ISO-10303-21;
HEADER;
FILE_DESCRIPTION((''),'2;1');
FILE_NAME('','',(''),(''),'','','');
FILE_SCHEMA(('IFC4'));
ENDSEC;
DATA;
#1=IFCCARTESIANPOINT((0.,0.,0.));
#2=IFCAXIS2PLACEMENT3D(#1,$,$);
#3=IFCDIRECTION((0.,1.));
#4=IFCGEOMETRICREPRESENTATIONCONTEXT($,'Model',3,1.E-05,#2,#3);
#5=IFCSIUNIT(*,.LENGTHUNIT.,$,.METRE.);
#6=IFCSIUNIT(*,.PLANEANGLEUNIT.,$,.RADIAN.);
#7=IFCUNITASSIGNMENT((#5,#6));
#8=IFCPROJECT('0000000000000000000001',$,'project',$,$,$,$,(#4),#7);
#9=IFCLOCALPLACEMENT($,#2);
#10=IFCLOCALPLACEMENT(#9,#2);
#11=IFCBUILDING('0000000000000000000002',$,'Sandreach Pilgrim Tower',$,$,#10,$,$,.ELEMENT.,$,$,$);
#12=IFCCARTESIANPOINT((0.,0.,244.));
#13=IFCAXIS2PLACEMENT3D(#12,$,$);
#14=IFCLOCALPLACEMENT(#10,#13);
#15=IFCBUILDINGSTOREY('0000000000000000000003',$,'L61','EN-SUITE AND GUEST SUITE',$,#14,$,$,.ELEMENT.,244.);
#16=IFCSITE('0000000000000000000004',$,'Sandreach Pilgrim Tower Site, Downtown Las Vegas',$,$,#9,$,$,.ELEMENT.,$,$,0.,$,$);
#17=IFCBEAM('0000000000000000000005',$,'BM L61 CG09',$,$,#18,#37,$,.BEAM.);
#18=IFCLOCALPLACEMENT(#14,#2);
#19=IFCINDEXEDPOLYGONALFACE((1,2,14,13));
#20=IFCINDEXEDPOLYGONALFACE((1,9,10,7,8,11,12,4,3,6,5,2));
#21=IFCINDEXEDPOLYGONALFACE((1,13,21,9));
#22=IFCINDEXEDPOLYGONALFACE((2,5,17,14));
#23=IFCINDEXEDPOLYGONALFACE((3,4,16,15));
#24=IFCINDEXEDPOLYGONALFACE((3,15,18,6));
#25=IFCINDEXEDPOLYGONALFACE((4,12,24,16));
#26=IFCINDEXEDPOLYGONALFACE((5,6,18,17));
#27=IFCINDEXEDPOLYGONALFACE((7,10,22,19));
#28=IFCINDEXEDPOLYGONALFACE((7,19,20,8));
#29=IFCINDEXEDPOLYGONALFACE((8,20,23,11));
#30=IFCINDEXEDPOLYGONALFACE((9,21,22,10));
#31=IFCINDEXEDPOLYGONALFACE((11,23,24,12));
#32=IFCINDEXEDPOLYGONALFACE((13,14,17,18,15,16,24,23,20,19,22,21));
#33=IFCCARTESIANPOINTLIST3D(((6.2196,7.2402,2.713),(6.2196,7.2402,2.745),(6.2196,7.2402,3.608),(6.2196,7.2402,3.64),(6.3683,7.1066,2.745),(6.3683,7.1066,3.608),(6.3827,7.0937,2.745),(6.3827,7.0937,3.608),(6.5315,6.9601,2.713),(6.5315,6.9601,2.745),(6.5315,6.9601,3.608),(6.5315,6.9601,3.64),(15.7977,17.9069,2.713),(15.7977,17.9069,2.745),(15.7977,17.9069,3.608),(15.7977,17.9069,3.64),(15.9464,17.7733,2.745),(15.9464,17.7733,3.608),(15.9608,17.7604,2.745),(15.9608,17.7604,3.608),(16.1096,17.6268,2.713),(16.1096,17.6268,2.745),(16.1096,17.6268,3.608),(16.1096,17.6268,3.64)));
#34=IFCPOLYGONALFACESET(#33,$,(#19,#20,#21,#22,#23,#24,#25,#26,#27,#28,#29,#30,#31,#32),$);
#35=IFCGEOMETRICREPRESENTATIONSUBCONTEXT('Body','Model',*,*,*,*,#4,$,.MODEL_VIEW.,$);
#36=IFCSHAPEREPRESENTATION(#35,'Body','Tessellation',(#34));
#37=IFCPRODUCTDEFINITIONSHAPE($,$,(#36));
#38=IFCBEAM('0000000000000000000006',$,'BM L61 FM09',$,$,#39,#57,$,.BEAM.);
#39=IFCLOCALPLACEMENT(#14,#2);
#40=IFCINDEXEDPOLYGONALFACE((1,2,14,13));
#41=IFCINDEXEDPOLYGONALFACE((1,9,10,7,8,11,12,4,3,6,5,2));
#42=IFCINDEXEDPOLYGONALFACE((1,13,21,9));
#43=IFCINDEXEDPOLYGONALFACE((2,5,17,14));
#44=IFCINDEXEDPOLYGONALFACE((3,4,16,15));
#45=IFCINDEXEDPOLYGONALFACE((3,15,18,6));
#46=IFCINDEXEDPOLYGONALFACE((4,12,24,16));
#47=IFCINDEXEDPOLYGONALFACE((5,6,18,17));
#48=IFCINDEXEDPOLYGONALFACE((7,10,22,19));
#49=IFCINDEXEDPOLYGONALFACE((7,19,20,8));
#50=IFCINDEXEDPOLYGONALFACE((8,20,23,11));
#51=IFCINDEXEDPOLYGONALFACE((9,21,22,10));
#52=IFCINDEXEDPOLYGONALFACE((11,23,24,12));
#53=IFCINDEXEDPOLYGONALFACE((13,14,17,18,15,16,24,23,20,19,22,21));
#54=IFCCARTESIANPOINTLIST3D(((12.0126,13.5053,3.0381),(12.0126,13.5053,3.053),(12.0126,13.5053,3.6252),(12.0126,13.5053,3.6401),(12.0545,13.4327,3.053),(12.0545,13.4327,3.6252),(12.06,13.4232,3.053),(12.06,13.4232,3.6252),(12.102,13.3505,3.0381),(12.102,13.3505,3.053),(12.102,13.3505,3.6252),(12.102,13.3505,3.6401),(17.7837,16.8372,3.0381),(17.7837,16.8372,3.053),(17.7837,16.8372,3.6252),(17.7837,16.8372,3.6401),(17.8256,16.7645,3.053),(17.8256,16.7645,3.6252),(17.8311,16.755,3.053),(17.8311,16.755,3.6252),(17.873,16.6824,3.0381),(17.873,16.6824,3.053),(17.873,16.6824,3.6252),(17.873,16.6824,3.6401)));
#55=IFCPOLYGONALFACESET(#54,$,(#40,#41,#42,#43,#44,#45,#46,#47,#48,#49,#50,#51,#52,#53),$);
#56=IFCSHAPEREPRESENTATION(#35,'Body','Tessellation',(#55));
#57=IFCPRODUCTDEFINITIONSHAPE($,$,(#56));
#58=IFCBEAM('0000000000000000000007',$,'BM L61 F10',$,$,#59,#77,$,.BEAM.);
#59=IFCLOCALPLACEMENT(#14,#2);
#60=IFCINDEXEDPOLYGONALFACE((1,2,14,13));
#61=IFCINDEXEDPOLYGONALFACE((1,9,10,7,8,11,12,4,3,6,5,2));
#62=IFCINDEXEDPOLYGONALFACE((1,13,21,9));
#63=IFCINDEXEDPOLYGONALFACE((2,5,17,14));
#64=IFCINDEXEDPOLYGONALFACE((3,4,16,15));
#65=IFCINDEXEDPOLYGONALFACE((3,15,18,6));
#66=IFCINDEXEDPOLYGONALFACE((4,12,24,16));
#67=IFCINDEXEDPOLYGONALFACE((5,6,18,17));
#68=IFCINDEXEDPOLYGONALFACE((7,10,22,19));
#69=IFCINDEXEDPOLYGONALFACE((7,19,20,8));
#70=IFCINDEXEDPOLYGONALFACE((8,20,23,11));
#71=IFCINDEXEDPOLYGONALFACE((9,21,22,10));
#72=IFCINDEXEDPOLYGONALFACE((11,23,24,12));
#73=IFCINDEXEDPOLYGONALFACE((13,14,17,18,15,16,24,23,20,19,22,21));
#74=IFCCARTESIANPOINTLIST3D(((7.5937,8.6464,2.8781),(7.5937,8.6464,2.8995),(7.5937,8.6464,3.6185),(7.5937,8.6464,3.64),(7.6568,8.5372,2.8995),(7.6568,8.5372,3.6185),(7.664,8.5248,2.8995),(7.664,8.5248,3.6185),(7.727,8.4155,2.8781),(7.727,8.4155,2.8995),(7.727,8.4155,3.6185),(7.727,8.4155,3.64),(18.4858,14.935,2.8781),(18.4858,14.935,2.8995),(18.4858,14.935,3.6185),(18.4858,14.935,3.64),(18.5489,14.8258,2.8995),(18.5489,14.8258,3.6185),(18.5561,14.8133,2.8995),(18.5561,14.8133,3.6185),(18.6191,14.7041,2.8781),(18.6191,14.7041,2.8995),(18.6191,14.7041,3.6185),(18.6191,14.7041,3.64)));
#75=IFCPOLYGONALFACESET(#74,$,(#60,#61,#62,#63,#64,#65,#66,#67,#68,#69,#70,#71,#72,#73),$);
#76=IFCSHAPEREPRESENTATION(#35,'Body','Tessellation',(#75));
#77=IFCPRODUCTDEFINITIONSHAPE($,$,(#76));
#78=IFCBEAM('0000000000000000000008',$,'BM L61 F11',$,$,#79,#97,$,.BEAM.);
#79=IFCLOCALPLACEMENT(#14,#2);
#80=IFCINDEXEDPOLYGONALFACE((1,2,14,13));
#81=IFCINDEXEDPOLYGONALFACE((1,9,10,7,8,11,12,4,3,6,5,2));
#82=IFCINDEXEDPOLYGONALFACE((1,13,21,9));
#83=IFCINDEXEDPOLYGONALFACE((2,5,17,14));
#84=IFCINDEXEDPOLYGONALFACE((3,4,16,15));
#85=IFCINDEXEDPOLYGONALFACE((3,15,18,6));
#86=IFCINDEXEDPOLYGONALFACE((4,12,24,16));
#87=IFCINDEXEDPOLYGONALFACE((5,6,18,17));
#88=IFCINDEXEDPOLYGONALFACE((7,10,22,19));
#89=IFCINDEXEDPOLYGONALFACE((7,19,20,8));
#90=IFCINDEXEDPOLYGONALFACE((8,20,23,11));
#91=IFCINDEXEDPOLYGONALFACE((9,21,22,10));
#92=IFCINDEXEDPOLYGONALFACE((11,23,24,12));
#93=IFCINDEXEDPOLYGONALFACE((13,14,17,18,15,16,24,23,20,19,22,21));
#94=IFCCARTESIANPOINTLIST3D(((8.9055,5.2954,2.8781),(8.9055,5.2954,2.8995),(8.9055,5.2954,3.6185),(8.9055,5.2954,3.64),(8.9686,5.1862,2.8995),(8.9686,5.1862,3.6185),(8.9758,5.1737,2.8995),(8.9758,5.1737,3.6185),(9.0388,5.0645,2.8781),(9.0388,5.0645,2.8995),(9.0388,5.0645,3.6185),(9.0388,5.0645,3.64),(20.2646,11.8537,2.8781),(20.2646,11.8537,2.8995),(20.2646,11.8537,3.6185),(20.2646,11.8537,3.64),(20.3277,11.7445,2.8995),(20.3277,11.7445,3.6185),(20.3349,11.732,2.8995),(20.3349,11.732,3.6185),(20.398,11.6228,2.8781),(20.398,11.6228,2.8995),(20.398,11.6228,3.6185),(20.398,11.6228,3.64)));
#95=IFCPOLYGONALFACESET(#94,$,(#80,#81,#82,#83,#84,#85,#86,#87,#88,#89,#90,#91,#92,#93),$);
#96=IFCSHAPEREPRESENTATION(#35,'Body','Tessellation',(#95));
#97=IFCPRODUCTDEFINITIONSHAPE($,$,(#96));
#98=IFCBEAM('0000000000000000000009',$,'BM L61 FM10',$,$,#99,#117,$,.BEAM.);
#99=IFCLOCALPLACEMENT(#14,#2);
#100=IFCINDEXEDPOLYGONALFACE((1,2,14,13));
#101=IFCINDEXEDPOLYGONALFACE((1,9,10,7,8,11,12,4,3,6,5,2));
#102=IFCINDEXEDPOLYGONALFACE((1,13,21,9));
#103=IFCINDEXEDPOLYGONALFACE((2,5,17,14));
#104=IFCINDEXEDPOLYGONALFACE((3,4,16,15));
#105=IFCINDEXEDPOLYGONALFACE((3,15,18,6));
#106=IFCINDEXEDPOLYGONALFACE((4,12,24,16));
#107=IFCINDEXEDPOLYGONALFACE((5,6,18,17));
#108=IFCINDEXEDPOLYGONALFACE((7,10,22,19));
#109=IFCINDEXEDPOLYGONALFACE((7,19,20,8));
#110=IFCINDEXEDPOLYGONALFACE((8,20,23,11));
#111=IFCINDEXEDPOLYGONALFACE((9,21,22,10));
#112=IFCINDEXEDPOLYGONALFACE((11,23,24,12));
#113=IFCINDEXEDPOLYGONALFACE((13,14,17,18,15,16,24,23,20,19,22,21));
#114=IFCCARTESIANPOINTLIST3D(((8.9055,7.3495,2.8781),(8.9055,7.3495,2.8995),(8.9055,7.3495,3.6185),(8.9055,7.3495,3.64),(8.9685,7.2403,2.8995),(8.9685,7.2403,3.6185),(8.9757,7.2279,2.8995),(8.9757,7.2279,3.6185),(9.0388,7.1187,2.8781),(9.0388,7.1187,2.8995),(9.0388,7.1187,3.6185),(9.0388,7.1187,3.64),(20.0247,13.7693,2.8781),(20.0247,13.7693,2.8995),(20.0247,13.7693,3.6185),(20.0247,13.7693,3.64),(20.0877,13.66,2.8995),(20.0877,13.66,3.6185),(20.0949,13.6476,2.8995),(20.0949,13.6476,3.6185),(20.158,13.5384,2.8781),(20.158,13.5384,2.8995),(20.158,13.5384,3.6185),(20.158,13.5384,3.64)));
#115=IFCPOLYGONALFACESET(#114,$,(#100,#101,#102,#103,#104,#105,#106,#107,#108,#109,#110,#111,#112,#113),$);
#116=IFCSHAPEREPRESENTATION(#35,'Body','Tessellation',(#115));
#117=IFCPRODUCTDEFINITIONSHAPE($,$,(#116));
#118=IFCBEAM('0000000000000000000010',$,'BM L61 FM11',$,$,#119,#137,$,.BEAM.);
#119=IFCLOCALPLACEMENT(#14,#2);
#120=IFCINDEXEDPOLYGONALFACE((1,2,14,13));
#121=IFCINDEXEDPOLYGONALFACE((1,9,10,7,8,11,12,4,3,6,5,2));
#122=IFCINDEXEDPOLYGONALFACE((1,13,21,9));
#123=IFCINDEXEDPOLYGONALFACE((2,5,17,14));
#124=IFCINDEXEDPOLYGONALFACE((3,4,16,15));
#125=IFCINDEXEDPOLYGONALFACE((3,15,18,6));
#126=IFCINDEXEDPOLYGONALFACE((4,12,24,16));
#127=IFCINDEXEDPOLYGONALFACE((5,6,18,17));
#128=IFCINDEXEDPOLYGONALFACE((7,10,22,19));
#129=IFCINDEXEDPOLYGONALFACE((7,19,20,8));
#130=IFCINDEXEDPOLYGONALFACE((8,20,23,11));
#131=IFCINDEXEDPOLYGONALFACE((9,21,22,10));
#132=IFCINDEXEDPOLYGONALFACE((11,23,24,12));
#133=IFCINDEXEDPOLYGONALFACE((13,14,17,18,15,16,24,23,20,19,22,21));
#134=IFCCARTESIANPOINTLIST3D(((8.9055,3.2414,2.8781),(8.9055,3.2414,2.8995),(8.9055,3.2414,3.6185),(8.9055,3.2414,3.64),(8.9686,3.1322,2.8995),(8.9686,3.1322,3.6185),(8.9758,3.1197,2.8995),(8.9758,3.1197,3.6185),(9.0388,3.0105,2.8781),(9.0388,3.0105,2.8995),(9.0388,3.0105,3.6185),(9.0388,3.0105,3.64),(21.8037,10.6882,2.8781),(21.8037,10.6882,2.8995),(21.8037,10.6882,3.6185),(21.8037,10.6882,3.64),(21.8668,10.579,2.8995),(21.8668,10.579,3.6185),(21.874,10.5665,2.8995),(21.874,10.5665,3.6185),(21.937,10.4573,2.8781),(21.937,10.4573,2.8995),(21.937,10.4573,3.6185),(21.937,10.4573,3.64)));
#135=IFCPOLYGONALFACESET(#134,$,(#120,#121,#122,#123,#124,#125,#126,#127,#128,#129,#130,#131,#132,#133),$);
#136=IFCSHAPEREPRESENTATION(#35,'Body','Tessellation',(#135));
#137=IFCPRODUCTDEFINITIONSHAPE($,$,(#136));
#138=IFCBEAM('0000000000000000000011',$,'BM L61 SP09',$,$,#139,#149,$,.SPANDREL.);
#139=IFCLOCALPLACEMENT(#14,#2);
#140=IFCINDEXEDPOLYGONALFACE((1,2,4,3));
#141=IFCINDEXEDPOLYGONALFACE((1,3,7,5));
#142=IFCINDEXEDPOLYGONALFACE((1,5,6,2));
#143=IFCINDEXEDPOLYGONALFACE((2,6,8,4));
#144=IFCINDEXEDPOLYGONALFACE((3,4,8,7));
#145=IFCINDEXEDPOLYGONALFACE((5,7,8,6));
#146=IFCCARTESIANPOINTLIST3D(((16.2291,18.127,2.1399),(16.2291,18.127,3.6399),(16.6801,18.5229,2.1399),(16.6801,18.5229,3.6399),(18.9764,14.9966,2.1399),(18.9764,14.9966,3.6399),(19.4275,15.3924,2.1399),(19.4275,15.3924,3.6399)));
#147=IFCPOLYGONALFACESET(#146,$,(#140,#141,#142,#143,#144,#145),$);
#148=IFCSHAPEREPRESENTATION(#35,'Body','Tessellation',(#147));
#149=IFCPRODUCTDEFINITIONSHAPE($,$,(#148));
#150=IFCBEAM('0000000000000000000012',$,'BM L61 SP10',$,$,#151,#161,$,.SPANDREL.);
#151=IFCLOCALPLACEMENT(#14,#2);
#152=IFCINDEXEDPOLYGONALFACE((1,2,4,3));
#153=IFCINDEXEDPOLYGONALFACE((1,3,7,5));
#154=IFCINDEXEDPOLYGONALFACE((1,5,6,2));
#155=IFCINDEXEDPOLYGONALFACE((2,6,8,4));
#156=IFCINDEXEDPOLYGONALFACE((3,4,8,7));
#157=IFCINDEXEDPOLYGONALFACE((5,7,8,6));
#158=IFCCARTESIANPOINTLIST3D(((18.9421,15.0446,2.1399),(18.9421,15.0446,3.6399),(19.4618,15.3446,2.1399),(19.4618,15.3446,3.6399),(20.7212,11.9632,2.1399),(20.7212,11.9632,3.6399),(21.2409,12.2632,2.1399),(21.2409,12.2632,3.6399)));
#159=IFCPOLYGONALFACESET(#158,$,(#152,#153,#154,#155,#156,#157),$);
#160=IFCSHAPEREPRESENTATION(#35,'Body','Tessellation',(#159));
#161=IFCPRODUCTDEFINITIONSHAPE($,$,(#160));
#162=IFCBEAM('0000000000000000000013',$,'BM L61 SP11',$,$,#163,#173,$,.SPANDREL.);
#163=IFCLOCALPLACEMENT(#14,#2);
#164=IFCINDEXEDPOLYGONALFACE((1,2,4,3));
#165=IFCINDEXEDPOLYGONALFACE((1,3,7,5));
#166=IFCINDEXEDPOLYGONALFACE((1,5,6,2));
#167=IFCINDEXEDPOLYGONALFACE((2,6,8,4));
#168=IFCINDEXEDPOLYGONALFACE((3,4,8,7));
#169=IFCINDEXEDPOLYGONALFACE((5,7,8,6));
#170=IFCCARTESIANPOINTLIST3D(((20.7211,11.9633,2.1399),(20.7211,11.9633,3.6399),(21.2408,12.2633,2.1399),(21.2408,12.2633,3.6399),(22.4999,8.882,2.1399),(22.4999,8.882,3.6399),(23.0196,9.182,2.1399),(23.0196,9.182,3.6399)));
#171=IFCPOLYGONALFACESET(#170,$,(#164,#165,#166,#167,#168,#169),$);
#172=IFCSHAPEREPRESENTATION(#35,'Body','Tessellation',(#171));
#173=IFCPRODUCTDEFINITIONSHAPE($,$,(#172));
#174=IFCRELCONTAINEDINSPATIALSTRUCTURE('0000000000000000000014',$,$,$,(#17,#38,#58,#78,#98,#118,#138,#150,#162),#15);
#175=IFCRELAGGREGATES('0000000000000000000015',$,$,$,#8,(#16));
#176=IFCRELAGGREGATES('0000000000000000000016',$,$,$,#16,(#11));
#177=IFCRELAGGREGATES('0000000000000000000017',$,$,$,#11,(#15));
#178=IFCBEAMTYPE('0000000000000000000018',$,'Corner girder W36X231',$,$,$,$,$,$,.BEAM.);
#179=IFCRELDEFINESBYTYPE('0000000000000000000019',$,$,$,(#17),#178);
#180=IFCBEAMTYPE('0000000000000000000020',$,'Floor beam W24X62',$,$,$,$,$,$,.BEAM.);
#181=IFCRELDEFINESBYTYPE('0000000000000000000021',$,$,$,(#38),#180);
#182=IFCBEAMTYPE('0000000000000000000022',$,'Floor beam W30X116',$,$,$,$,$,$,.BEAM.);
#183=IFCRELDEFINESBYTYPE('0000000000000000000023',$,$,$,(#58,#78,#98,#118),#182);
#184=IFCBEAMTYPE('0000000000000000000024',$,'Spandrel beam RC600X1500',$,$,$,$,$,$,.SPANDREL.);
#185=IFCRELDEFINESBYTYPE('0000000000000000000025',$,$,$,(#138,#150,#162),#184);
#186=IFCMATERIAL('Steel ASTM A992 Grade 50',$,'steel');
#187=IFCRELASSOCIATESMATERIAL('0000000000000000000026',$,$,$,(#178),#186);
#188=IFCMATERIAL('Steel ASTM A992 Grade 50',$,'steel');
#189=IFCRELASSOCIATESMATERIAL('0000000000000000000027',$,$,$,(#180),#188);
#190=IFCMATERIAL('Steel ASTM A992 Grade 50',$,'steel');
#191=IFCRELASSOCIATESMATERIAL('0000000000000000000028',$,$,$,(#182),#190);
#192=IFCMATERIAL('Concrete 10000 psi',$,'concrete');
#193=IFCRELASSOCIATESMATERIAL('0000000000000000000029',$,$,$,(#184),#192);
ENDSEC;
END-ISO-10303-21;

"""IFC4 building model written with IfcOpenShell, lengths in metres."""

from ifc_helpers import new_model, si_unit, direction, frame, origin, origin_2d, place, context, subcontext, project, spatial, rectangle, i_section, extrude, material, material_profile, profile_set, type_object, element, save


model = new_model("IFC4")

# Units and contexts
model_context = context("Model", 3, precision=1e-05, world=origin(), true_north=direction((0.0, 1.0)))
body_context = subcontext(model_context, "Body", "Model", "MODEL_VIEW")
ifc_project = project(units=[si_unit("LENGTHUNIT", "METRE"), si_unit("PLANEANGLEUNIT", "RADIAN")], contexts=[model_context])

# Site, building, storey
site_placement = place(None, origin())
site = spatial("IfcSite", under=ifc_project, at=site_placement, Name="Sandreach Pilgrim Tower Site, Downtown Las Vegas", CompositionType="ELEMENT", RefElevation=0.0)
building_placement = place(site_placement, origin())
building = spatial("IfcBuilding", under=site, at=building_placement, Name="Sandreach Pilgrim Tower", CompositionType="ELEMENT")
storey_placement = place(building_placement, frame((0.0, 0.0, 244.0)))
storey = spatial("IfcBuildingStorey", under=building, at=storey_placement, Name="L61", Description="EN-SUITE AND GUEST SUITE", CompositionType="ELEMENT", Elevation=244.0)

# Beams
ifc_material_1 = material(Name="Steel ASTM A992 Grade 50", Category="steel")
ifc_material_profile_1 = material_profile(ifc_material_1, i_section(OverallWidth=0.4192, OverallDepth=0.927, WebThickness=0.0193, FlangeThickness=0.032, at=origin_2d()), Name="W36X231")
ifc_profile_set_1 = profile_set([ifc_material_profile_1], Name="Steel ASTM A992 Grade 50")
beam_type_1 = type_object("IfcBeamType", Name="Corner girder W36X231", PredefinedType="BEAM", material=ifc_profile_set_1)
beam_1_placement = place(storey_placement, frame((15.9536, 17.7668, 3.1765), z_axis=(-0.668118, -0.744055, 0.0), x_axis=(0.744055, -0.668118, 0.0)))
element("IfcBeam", 1, at=beam_1_placement, inside=storey, type_object=beam_type_1, Name="BM L61 CG09", PredefinedType="BEAM", context=body_context, shape_type="SweptSolid", body=[
    extrude(i_section(OverallWidth=0.4192, OverallDepth=0.927, WebThickness=0.0193, FlangeThickness=0.032, at=origin_2d()), origin(), (0.0, 0.0, 1.0), 14.3359),
])
ifc_material_2 = material(Name="Steel ASTM A992 Grade 50", Category="steel")
ifc_material_profile_2 = material_profile(ifc_material_2, i_section(OverallWidth=0.1787, OverallDepth=0.6021, WebThickness=0.011, FlangeThickness=0.0149, at=origin_2d()), Name="W24X62")
ifc_profile_set_2 = profile_set([ifc_material_profile_2], Name="Steel ASTM A992 Grade 50")
beam_type_2 = type_object("IfcBeamType", Name="Floor beam W24X62", PredefinedType="BEAM", material=ifc_profile_set_2)
beam_2_placement = place(storey_placement, frame((17.8284, 16.7598, 3.3391), z_axis=(-0.866032, -0.499989, 0.0), x_axis=(0.499989, -0.866032, 0.0)))
element("IfcBeam", 2, at=beam_2_placement, inside=storey, type_object=beam_type_2, Name="BM L61 FM09", PredefinedType="BEAM", context=body_context, shape_type="SweptSolid", body=[
    extrude(i_section(OverallWidth=0.1787, OverallDepth=0.6021, WebThickness=0.011, FlangeThickness=0.0149, at=origin_2d()), origin(), (0.0, 0.0, 1.0), 6.6638),
])
ifc_material_3 = material(Name="Steel ASTM A992 Grade 50", Category="steel")
ifc_material_profile_3 = material_profile(ifc_material_3, i_section(OverallWidth=0.2666, OverallDepth=0.762, WebThickness=0.0144, FlangeThickness=0.0215, at=origin_2d()), Name="W30X116")
ifc_profile_set_3 = profile_set([ifc_material_profile_3], Name="Steel ASTM A992 Grade 50")
beam_type_3 = type_object("IfcBeamType", Name="Floor beam W30X116", PredefinedType="BEAM", material=ifc_profile_set_3)
beam_3_placement = place(storey_placement, frame((18.5525, 14.8196, 3.259), z_axis=(-0.866025, -0.500001, 0.0), x_axis=(0.500001, -0.866025, 0.0)))
element("IfcBeam", 3, at=beam_3_placement, inside=storey, type_object=beam_type_3, Name="BM L61 F10", PredefinedType="BEAM", context=body_context, shape_type="SweptSolid", body=[
    extrude(i_section(OverallWidth=0.2666, OverallDepth=0.762, WebThickness=0.0144, FlangeThickness=0.0215, at=origin_2d()), origin(), (0.0, 0.0, 1.0), 12.5771),
])
beam_4_placement = place(storey_placement, frame((20.3313, 11.7383, 3.259), z_axis=(-0.86602, -0.500009, 0.0), x_axis=(0.500009, -0.86602, 0.0)))
element("IfcBeam", 4, at=beam_4_placement, inside=storey, type_object=beam_type_3, Name="BM L61 F11", PredefinedType="BEAM", context=body_context, shape_type="SweptSolid", body=[
    extrude(i_section(OverallWidth=0.2666, OverallDepth=0.762, WebThickness=0.0144, FlangeThickness=0.0215, at=origin_2d()), origin(), (0.0, 0.0, 1.0), 13.1165),
])
beam_5_placement = place(storey_placement, frame((20.0913, 13.6538, 3.259), z_axis=(-0.866024, -0.500002, 0.0), x_axis=(0.500002, -0.866024, 0.0)))
element("IfcBeam", 5, at=beam_5_placement, inside=storey, type_object=beam_type_3, Name="BM L61 FM10", PredefinedType="BEAM", context=body_context, shape_type="SweptSolid", body=[
    extrude(i_section(OverallWidth=0.2666, OverallDepth=0.762, WebThickness=0.0144, FlangeThickness=0.0215, at=origin_2d()), origin(), (0.0, 0.0, 1.0), 12.8394),
])
beam_6_placement = place(storey_placement, frame((21.8704, 10.5728, 3.259), z_axis=(-0.866025, -0.5, 0.0), x_axis=(0.5, -0.866025, 0.0)))
element("IfcBeam", 6, at=beam_6_placement, inside=storey, type_object=beam_type_3, Name="BM L61 FM11", PredefinedType="BEAM", context=body_context, shape_type="SweptSolid", body=[
    extrude(i_section(OverallWidth=0.2666, OverallDepth=0.762, WebThickness=0.0144, FlangeThickness=0.0215, at=origin_2d()), origin(), (0.0, 0.0, 1.0), 14.8936),
])
ifc_material_4 = material(Name="Concrete 10000 psi", Category="concrete")
ifc_material_profile_4 = material_profile(ifc_material_4, rectangle(XDim=0.6001, YDim=1.5, at=origin_2d()), Name="RC600X1500")
ifc_profile_set_4 = profile_set([ifc_material_profile_4], Name="Concrete 10000 psi")
beam_type_4 = type_object("IfcBeamType", Name="Spandrel beam RC600X1500", PredefinedType="SPANDREL", material=ifc_profile_set_4)
beam_7_placement = place(storey_placement, frame((16.4546, 18.325, 2.8899), z_axis=(0.659624, -0.751595, 0.0), x_axis=(0.751595, 0.659624, 0.0)))
element("IfcBeam", 7, at=beam_7_placement, inside=storey, type_object=beam_type_4, Name="BM L61 SP09", PredefinedType="SPANDREL", context=body_context, shape_type="SweptSolid", body=[
    extrude(rectangle(XDim=0.6001, YDim=1.5, at=origin_2d()), origin(), (0.0, 0.0, 1.0), 4.165),
])
beam_8_placement = place(storey_placement, frame((19.2019, 15.1946, 2.8899), z_axis=(0.500013, -0.866018, 0.0), x_axis=(0.866018, 0.500013, 0.0)))
element("IfcBeam", 8, at=beam_8_placement, inside=storey, type_object=beam_type_4, Name="BM L61 SP10", PredefinedType="SPANDREL", context=body_context, shape_type="SweptSolid", body=[
    extrude(rectangle(XDim=0.6001, YDim=1.5, at=origin_2d()), origin(), (0.0, 0.0, 1.0), 3.5581),
])
beam_9_placement = place(storey_placement, frame((20.981, 12.1133, 2.8899), z_axis=(0.499962, -0.866047, 0.0), x_axis=(0.866047, 0.499962, 0.0)))
element("IfcBeam", 9, at=beam_9_placement, inside=storey, type_object=beam_type_4, Name="BM L61 SP11", PredefinedType="SPANDREL", context=body_context, shape_type="SweptSolid", body=[
    extrude(rectangle(XDim=0.6001, YDim=1.5, at=origin_2d()), origin(), (0.0, 0.0, 1.0), 3.5579),
])

save(model, "model.ifc")
